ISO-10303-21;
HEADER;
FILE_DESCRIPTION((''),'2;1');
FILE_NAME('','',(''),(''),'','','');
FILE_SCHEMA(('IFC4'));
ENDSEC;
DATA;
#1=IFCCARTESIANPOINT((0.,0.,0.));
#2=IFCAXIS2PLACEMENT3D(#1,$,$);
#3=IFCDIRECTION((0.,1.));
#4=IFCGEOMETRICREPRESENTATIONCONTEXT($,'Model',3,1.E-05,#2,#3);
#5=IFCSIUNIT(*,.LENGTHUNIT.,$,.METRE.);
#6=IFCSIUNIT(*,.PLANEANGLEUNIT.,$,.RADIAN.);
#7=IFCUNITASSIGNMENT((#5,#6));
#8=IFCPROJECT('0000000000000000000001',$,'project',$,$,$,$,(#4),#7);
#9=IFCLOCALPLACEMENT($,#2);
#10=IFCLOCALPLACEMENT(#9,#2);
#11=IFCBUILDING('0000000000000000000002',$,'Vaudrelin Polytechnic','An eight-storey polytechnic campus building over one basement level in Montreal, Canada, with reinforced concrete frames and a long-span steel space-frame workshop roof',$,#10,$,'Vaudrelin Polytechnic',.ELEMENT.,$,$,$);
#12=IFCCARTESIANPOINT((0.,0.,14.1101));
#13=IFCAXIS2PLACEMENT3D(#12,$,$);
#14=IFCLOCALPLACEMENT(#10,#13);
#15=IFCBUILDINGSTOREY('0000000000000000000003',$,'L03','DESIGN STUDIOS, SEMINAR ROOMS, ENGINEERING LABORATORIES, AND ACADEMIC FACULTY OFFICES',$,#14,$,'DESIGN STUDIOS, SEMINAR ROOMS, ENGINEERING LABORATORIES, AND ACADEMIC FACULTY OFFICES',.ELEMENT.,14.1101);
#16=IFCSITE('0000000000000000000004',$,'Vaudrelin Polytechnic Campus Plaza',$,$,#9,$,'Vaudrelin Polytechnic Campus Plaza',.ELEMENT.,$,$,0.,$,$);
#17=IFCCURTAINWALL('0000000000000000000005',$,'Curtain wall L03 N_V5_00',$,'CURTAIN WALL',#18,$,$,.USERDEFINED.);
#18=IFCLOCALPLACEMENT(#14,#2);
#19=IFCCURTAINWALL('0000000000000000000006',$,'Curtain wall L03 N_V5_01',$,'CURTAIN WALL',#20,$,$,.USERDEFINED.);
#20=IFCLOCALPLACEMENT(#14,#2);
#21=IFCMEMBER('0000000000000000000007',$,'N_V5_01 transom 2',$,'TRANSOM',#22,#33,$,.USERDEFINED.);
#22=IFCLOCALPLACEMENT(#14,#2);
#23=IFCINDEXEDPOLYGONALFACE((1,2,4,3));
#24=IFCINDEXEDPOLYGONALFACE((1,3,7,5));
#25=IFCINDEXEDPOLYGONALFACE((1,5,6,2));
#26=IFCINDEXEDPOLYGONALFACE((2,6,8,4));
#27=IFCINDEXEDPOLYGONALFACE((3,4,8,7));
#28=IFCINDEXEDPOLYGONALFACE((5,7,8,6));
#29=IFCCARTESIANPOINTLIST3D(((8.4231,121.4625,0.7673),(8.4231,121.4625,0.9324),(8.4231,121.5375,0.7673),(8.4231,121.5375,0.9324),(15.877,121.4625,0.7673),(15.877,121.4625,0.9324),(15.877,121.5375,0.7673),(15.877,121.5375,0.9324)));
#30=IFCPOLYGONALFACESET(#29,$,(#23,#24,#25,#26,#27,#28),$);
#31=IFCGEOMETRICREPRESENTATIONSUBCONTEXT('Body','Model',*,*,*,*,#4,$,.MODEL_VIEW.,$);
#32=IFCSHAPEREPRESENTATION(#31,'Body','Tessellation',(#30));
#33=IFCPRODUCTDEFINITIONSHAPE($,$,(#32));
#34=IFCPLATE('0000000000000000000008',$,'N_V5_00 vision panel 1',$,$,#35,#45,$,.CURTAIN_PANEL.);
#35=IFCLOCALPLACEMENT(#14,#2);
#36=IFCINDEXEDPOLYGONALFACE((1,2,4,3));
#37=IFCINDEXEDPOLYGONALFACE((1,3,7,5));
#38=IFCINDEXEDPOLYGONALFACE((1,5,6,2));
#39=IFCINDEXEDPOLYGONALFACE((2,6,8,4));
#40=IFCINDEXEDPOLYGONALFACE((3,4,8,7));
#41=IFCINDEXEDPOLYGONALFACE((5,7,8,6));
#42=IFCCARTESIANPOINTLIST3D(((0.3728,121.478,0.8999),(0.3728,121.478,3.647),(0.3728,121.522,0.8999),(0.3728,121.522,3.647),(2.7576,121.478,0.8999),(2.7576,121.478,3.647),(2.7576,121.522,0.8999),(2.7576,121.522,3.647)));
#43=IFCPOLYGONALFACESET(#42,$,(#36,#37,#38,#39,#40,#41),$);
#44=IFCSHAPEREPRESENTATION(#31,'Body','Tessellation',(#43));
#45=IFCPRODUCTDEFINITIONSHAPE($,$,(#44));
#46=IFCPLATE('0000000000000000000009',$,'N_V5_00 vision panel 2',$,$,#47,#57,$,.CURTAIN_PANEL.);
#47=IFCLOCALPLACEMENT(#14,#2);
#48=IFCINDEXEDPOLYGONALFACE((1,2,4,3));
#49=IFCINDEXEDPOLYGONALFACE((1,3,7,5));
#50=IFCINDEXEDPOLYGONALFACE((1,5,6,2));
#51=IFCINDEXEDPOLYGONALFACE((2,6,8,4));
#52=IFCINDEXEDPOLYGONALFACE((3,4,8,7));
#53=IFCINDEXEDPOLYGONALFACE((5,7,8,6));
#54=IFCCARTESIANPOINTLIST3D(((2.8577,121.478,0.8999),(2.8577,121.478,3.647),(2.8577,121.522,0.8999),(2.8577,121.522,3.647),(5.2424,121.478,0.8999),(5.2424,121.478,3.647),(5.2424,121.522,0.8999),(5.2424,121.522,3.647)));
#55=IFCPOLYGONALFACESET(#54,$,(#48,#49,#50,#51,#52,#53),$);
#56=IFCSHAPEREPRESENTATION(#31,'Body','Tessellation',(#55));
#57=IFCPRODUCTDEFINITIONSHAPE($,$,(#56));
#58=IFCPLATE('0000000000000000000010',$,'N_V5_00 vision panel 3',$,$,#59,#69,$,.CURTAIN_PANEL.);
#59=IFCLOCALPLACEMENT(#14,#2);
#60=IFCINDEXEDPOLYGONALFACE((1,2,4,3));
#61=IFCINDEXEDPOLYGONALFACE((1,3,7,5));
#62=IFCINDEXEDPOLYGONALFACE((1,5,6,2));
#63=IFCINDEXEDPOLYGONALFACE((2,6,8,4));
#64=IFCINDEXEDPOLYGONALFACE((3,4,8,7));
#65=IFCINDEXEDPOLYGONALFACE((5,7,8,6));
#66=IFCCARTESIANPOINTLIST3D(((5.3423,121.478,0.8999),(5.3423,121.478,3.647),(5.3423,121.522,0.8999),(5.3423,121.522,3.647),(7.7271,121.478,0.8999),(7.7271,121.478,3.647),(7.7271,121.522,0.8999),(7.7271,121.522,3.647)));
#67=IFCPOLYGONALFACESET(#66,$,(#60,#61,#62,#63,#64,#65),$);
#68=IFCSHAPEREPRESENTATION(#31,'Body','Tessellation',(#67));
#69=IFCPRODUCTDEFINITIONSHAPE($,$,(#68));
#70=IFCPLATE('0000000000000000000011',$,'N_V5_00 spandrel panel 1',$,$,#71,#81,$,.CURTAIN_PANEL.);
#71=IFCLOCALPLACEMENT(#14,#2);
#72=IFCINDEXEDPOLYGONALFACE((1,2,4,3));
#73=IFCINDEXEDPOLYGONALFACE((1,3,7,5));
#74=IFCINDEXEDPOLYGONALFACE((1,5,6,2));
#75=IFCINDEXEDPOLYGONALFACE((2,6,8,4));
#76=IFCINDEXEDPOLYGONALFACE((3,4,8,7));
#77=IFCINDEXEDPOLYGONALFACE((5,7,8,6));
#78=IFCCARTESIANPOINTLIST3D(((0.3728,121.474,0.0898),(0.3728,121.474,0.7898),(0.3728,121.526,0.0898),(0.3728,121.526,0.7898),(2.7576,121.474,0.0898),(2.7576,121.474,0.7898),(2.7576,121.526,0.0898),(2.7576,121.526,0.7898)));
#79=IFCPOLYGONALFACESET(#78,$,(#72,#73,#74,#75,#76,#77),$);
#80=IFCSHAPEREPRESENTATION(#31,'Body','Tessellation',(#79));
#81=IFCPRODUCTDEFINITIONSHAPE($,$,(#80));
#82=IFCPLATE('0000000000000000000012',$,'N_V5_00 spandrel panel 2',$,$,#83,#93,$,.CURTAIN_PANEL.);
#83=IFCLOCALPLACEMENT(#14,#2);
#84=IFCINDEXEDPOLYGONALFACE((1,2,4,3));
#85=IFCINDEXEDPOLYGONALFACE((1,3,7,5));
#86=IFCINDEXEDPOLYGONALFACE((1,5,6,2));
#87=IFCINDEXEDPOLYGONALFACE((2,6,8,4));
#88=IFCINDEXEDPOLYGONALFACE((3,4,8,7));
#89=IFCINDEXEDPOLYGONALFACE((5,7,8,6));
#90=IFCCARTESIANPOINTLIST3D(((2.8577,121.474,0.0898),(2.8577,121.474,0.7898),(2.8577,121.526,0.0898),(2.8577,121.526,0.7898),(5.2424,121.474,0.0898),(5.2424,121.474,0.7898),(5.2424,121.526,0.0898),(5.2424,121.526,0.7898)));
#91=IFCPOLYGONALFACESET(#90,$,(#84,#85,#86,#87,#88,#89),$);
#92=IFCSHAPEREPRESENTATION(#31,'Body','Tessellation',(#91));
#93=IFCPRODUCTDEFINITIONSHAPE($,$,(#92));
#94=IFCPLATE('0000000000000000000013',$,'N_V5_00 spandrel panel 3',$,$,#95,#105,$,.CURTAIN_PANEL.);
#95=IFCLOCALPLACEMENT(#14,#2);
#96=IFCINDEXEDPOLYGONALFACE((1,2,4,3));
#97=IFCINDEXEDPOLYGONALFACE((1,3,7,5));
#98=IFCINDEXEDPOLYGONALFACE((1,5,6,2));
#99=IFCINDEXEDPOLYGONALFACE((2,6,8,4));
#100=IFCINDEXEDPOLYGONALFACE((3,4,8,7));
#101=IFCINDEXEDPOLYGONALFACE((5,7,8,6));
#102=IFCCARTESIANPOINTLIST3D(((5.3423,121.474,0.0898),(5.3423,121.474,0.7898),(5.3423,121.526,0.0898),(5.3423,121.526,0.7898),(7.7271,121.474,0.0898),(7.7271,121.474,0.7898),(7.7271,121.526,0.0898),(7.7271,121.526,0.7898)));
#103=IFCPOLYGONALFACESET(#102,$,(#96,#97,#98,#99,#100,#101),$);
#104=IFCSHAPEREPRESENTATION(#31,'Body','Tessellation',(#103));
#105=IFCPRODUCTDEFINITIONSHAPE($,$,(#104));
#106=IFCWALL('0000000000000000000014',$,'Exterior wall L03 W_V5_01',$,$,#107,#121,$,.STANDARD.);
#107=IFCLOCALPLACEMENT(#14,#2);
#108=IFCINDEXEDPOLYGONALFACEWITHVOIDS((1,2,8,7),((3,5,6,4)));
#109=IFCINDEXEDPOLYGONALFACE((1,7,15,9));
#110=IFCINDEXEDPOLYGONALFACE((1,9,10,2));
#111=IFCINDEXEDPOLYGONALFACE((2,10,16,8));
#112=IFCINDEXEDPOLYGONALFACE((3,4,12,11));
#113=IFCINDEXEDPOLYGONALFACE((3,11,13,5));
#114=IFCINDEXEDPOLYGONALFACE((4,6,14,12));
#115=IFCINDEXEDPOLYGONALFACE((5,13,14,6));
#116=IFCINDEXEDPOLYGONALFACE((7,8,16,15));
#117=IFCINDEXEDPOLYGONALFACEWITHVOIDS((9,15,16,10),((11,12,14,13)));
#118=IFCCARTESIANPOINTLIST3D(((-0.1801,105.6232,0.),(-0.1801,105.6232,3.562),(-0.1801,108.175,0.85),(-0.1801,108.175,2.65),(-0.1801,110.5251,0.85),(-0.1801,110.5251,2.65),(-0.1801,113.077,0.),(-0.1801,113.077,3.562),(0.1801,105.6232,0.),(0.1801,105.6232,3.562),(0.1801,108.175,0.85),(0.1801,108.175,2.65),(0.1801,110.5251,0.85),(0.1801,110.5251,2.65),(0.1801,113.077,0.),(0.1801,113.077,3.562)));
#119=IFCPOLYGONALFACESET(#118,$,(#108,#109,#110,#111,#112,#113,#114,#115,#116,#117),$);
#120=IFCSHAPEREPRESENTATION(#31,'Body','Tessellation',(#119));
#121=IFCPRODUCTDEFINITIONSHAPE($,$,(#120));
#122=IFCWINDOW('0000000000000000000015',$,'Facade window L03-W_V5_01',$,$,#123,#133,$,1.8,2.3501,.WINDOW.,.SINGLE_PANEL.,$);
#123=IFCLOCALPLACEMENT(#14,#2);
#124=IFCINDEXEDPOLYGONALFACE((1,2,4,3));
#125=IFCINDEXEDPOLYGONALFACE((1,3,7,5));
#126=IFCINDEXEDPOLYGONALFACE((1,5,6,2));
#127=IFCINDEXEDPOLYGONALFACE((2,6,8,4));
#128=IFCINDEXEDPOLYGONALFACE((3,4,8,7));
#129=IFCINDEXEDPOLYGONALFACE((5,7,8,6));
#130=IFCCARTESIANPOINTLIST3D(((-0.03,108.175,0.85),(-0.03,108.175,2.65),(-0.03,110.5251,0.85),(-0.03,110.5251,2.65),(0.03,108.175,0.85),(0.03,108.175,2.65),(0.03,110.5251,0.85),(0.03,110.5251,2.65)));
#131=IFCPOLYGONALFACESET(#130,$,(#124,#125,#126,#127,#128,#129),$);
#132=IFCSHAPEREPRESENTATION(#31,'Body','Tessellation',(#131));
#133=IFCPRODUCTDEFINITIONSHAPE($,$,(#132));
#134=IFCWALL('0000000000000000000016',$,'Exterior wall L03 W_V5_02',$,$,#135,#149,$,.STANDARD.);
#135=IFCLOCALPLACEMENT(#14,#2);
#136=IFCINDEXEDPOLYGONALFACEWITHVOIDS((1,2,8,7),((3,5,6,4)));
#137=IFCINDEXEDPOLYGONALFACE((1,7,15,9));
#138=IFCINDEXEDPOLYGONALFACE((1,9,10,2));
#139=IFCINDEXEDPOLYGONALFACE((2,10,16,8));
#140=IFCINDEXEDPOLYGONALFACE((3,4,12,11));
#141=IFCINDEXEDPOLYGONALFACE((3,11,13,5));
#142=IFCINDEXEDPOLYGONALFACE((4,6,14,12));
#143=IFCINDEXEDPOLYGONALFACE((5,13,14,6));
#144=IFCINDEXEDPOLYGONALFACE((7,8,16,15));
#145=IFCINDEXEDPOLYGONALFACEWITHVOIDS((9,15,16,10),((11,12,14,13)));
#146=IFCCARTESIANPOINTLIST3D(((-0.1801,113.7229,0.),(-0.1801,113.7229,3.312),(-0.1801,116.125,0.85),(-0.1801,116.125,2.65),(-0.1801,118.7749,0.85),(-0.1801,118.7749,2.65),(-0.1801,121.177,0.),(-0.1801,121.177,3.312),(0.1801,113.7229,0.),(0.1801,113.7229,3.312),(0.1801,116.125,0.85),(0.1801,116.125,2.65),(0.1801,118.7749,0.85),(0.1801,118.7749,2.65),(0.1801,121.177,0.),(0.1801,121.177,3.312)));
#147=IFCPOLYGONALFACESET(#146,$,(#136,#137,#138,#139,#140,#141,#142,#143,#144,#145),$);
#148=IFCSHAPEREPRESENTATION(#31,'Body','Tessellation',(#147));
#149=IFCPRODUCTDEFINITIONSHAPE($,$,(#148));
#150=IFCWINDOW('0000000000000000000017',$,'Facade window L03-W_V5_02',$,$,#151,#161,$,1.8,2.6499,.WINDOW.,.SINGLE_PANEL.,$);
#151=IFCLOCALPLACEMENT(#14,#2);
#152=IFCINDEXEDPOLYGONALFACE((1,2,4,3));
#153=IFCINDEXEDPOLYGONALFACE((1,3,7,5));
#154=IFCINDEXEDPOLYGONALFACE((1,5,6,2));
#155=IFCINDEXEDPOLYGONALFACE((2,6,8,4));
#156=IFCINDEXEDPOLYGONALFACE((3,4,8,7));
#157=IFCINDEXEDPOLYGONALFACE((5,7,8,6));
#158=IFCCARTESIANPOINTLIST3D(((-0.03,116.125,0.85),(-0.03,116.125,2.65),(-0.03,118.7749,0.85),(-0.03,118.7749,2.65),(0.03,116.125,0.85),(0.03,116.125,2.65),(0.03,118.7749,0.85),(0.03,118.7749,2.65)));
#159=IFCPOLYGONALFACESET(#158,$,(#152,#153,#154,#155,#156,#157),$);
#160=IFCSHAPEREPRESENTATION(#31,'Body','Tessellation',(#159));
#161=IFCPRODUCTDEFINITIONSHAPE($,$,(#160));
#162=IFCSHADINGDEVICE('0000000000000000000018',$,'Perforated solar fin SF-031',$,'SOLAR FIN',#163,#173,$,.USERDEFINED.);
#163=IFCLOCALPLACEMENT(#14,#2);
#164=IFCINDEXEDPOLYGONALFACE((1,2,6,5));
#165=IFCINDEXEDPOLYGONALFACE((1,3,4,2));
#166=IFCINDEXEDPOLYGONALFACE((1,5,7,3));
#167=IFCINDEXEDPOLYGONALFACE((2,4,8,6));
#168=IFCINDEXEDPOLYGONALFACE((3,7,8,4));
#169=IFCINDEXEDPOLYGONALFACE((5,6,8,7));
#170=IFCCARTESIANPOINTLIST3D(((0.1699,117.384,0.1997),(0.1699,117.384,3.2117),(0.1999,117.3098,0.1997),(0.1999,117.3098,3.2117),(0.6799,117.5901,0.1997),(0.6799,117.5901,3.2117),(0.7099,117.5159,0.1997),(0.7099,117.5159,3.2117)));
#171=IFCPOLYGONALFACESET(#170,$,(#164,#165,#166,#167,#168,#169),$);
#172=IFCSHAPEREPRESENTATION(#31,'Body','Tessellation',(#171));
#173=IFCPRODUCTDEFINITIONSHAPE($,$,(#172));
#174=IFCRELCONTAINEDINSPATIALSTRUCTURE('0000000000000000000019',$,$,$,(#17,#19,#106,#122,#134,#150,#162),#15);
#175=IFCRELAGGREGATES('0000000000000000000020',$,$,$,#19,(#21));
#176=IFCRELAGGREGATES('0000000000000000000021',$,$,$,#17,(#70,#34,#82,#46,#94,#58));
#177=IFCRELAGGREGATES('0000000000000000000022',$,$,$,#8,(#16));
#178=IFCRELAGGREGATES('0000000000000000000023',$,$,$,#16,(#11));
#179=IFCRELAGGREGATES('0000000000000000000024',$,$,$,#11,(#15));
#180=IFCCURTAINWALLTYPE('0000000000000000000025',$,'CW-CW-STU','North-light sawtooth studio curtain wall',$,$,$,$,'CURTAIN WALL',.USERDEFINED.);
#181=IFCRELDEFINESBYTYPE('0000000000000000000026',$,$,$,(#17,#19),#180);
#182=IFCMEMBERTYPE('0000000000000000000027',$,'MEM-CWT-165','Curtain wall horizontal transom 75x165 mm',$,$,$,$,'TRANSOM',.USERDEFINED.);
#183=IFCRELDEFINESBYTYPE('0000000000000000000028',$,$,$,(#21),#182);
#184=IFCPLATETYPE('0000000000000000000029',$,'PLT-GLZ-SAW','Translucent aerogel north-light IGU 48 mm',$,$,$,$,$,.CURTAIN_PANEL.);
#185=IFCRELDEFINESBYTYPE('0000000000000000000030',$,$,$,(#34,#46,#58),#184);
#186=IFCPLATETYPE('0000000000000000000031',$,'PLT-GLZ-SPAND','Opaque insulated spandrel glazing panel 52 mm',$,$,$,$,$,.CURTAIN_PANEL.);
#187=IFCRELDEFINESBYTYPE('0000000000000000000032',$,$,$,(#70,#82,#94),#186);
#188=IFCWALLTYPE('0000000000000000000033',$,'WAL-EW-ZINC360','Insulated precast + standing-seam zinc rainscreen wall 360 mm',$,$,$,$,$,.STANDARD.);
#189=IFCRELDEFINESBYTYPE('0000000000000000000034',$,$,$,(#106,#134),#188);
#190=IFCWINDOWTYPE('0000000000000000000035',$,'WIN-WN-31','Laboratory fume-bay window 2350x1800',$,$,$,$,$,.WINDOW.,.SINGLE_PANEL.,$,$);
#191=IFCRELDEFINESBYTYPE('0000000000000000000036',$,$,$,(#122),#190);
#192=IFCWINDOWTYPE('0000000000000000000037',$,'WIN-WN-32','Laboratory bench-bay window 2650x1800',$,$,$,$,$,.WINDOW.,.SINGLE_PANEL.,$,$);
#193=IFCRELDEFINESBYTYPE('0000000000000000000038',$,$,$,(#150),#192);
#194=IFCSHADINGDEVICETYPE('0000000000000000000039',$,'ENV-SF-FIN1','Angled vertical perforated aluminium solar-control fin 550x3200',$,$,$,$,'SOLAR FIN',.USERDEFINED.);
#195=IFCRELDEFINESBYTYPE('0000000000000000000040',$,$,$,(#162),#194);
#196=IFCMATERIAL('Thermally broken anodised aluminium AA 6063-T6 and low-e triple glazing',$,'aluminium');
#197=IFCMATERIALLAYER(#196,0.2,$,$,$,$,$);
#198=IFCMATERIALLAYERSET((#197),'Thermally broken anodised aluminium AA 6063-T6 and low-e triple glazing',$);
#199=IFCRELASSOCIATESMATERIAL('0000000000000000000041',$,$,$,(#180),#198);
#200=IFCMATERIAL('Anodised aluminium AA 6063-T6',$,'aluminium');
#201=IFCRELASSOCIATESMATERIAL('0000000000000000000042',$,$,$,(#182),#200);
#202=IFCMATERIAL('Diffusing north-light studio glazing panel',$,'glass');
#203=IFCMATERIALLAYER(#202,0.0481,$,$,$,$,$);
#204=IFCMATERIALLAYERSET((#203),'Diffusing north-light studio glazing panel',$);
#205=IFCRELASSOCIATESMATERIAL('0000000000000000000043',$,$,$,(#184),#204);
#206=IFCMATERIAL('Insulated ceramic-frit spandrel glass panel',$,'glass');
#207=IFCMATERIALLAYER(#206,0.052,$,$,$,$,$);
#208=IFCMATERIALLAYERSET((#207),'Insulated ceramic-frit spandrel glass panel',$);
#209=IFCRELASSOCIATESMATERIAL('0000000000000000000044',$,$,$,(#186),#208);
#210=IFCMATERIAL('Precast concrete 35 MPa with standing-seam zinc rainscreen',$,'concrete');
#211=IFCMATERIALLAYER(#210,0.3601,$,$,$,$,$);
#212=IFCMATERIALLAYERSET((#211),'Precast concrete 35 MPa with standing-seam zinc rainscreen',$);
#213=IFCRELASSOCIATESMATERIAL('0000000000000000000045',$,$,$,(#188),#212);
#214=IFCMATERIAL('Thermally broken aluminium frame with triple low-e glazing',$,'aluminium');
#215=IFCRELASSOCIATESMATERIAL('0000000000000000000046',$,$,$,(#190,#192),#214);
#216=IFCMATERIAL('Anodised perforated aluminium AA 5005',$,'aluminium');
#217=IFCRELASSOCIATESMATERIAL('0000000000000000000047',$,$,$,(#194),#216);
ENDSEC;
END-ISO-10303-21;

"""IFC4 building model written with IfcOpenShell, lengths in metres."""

from ifc_helpers import new_model, si_unit, direction, frame, frame_2d, origin, origin_2d, place, context, subcontext, project, spatial, rectangle, extrude, material, layer, layer_set, material_profile, profile_set, type_object, element, fill, aggregate, save


model = new_model("IFC4")

# Units and contexts
model_context = context("Model", 3, precision=1e-05, world=origin(), true_north=direction((0.0, 1.0)))
body_context = subcontext(model_context, "Body", "Model", "MODEL_VIEW")
ifc_project = project(units=[si_unit("LENGTHUNIT", "METRE"), si_unit("PLANEANGLEUNIT", "RADIAN")], contexts=[model_context])

# Site, building, storey
site_placement = place(None, origin())
site = spatial("IfcSite", under=ifc_project, at=site_placement, Name="Vaudrelin Polytechnic Campus Plaza", LongName="Vaudrelin Polytechnic Campus Plaza", CompositionType="ELEMENT", RefElevation=0.0)
building_placement = place(site_placement, origin())
building = spatial("IfcBuilding", under=site, at=building_placement, Name="Vaudrelin Polytechnic", Description="An eight-storey polytechnic campus building over one basement level in Montreal, Canada, with reinforced concrete frames and a long-span steel space-frame workshop roof", LongName="Vaudrelin Polytechnic", CompositionType="ELEMENT")
storey_placement = place(building_placement, frame((0.0, 0.0, 14.1101)))
storey = spatial("IfcBuildingStorey", under=building, at=storey_placement, Name="L03", Description="DESIGN STUDIOS, SEMINAR ROOMS, ENGINEERING LABORATORIES, AND ACADEMIC FACULTY OFFICES", LongName="DESIGN STUDIOS, SEMINAR ROOMS, ENGINEERING LABORATORIES, AND ACADEMIC FACULTY OFFICES", CompositionType="ELEMENT", Elevation=14.1101)

# Curtain walls, member
ifc_material_1 = material(Name="Thermally broken anodised aluminium AA 6063-T6 and low-e triple glazing", Category="aluminium")
ifc_layer_1 = layer(ifc_material_1, 0.2)
ifc_layer_set_1 = layer_set([ifc_layer_1], Name="Thermally broken anodised aluminium AA 6063-T6 and low-e triple glazing")
curtain_wall_type = type_object("IfcCurtainWallType", Name="CW-CW-STU", Description="North-light sawtooth studio curtain wall", ElementType="CURTAIN WALL", PredefinedType="USERDEFINED", material=ifc_layer_set_1)
curtain_wall_1_placement = place(storey_placement, origin())
curtain_wall_1 = element("IfcCurtainWall", 1, at=curtain_wall_1_placement, inside=storey, type_object=curtain_wall_type, Name="Curtain wall L03 N_V5_00", ObjectType="CURTAIN WALL", PredefinedType="USERDEFINED")
ifc_material_2 = material(Name="Anodised aluminium AA 6063-T6", Category="aluminium")
ifc_material_profile_1 = material_profile(ifc_material_2, rectangle(XDim=0.075, YDim=0.165, at=origin_2d()), Name="CWT-75x165")
ifc_profile_set_1 = profile_set([ifc_material_profile_1], Name="Anodised aluminium AA 6063-T6")
member_type_1 = type_object("IfcMemberType", Name="MEM-CWT-165", Description="Curtain wall horizontal transom 75x165 mm", ElementType="TRANSOM", PredefinedType="USERDEFINED", material=ifc_profile_set_1)
curtain_wall_2_placement = place(storey_placement, origin())
curtain_wall_2 = element("IfcCurtainWall", 2, at=curtain_wall_2_placement, inside=storey, type_object=curtain_wall_type, Name="Curtain wall L03 N_V5_01", ObjectType="CURTAIN WALL", PredefinedType="USERDEFINED")
member_1_placement = place(storey_placement, frame((8.4231, 121.5, 0.8499), z_axis=(1.0, 0.0, 0.0), x_axis=(0.0, 1.0, 0.0)))
member_1 = element("IfcMember", 3, at=member_1_placement, type_object=member_type_1, Name="N_V5_01 transom 2", ObjectType="TRANSOM", PredefinedType="USERDEFINED", context=body_context, shape_type="SweptSolid", body=[
    extrude(rectangle(XDim=0.075, YDim=0.165, at=origin_2d()), origin(), (0.0, 0.0, 1.0), 7.4539),
])
aggregate(curtain_wall_2, [member_1])

# Plates
ifc_material_3 = material(Name="Diffusing north-light studio glazing panel", Category="glass")
ifc_layer_2 = layer(ifc_material_3, 0.0481)
ifc_layer_set_2 = layer_set([ifc_layer_2], Name="Diffusing north-light studio glazing panel")
plate_type_1 = type_object("IfcPlateType", Name="PLT-GLZ-SAW", Description="Translucent aerogel north-light IGU 48 mm", PredefinedType="CURTAIN_PANEL", material=ifc_layer_set_2)
plate_1_placement = place(storey_placement, frame((1.5652, 121.5, 0.8999), z_axis=(0.0, 0.0, 1.0), x_axis=(1.0, 0.0, 0.0)))
plate_1 = element("IfcPlate", 4, at=plate_1_placement, type_object=plate_type_1, Name="N_V5_00 vision panel 1", PredefinedType="CURTAIN_PANEL", context=body_context, shape_type="SweptSolid", body=[
    extrude(rectangle(XDim=2.3848, YDim=0.0439, at=origin_2d()), origin(), (0.0, 0.0, 1.0), 2.7471),
])
plate_2_placement = place(storey_placement, frame((4.05, 121.5, 0.8999), z_axis=(0.0, 0.0, 1.0), x_axis=(1.0, 0.0, 0.0)))
plate_2 = element("IfcPlate", 5, at=plate_2_placement, type_object=plate_type_1, Name="N_V5_00 vision panel 2", PredefinedType="CURTAIN_PANEL", context=body_context, shape_type="SweptSolid", body=[
    extrude(rectangle(XDim=2.3848, YDim=0.0439, at=origin_2d()), origin(), (0.0, 0.0, 1.0), 2.7471),
])
plate_3_placement = place(storey_placement, frame((6.5347, 121.5, 0.8999), z_axis=(0.0, 0.0, 1.0), x_axis=(1.0, 0.0, 0.0)))
plate_3 = element("IfcPlate", 6, at=plate_3_placement, type_object=plate_type_1, Name="N_V5_00 vision panel 3", PredefinedType="CURTAIN_PANEL", context=body_context, shape_type="SweptSolid", body=[
    extrude(rectangle(XDim=2.3848, YDim=0.0439, at=origin_2d()), origin(), (0.0, 0.0, 1.0), 2.7471),
])
ifc_material_4 = material(Name="Insulated ceramic-frit spandrel glass panel", Category="glass")
ifc_layer_3 = layer(ifc_material_4, 0.052)
ifc_layer_set_3 = layer_set([ifc_layer_3], Name="Insulated ceramic-frit spandrel glass panel")
plate_type_2 = type_object("IfcPlateType", Name="PLT-GLZ-SPAND", Description="Opaque insulated spandrel glazing panel 52 mm", PredefinedType="CURTAIN_PANEL", material=ifc_layer_set_3)
plate_4_placement = place(storey_placement, frame((1.5652, 121.5, 0.0898), z_axis=(0.0, 0.0, 1.0), x_axis=(1.0, 0.0, 0.0)))
plate_4 = element("IfcPlate", 7, at=plate_4_placement, type_object=plate_type_2, Name="N_V5_00 spandrel panel 1", PredefinedType="CURTAIN_PANEL", context=body_context, shape_type="SweptSolid", body=[
    extrude(rectangle(XDim=2.3848, YDim=0.052, at=origin_2d()), origin(), (0.0, 0.0, 1.0), 0.7),
])
plate_5_placement = place(storey_placement, frame((4.05, 121.5, 0.0898), z_axis=(0.0, 0.0, 1.0), x_axis=(1.0, 0.0, 0.0)))
plate_5 = element("IfcPlate", 8, at=plate_5_placement, type_object=plate_type_2, Name="N_V5_00 spandrel panel 2", PredefinedType="CURTAIN_PANEL", context=body_context, shape_type="SweptSolid", body=[
    extrude(rectangle(XDim=2.3848, YDim=0.052, at=origin_2d()), origin(), (0.0, 0.0, 1.0), 0.7),
])
plate_6_placement = place(storey_placement, frame((6.5347, 121.5, 0.0898), z_axis=(0.0, 0.0, 1.0), x_axis=(1.0, 0.0, 0.0)))
plate_6 = element("IfcPlate", 9, at=plate_6_placement, type_object=plate_type_2, Name="N_V5_00 spandrel panel 3", PredefinedType="CURTAIN_PANEL", context=body_context, shape_type="SweptSolid", body=[
    extrude(rectangle(XDim=2.3848, YDim=0.052, at=origin_2d()), origin(), (0.0, 0.0, 1.0), 0.7),
])
aggregate(curtain_wall_1, [plate_4, plate_1, plate_5, plate_2, plate_6, plate_3])

# Walls, openings, windows
ifc_material_5 = material(Name="Precast concrete 35 MPa with standing-seam zinc rainscreen", Category="concrete")
ifc_layer_4 = layer(ifc_material_5, 0.3601)
ifc_layer_set_4 = layer_set([ifc_layer_4], Name="Precast concrete 35 MPa with standing-seam zinc rainscreen")
wall_type = type_object("IfcWallType", Name="WAL-EW-ZINC360", Description="Insulated precast + standing-seam zinc rainscreen wall 360 mm", PredefinedType="STANDARD", material=ifc_layer_set_4)
wall_1_placement = place(storey_placement, frame((0.0, 105.623, 0.0), z_axis=(0.0, 0.0, 1.0), x_axis=(0.0, 1.0, 0.0)))
wall_1 = element("IfcWall", 10, at=wall_1_placement, inside=storey, type_object=wall_type, Name="Exterior wall L03 W_V5_01", PredefinedType="STANDARD", context=body_context, shape_type="SweptSolid", body=[
    extrude(rectangle(XDim=7.4539, YDim=0.3601, at=frame_2d((3.7271, 0.0))), origin(), (0.0, 0.0, 1.0), 3.562),
])
opening_1_placement = place(wall_1_placement, frame((2.552, 0.0, 0.8501)))
opening_1 = element("IfcOpeningElement", 11, at=opening_1_placement, cuts=wall_1, PredefinedType="OPENING", context=body_context, shape_type="SweptSolid", body=[
    extrude(rectangle(XDim=2.3501, YDim=1.8, at=frame_2d((1.175, 0.8999))), frame((0.0, 0.1899, 0.0), z_axis=(0.0, -1.0, 0.0), x_axis=(1.0, 0.0, 0.0)), (0.0, 0.0, 1.0), 0.3801),
])
ifc_material_6 = material(Name="Thermally broken aluminium frame with triple low-e glazing", Category="aluminium")
window_type_1 = type_object("IfcWindowType", Name="WIN-WN-31", Description="Laboratory fume-bay window 2350x1800", PartitioningType="SINGLE_PANEL", PredefinedType="WINDOW", material=ifc_material_6)
window_1_placement = place(opening_1_placement, origin())
window_1 = element("IfcWindow", 12, at=window_1_placement, inside=storey, type_object=window_type_1, Name="Facade window L03-W_V5_01", OverallHeight=1.8, OverallWidth=2.3501, PartitioningType="SINGLE_PANEL", PredefinedType="WINDOW", context=body_context, shape_type="SweptSolid", body=[
    extrude(rectangle(XDim=2.3501, YDim=1.8, at=frame_2d((1.175, 0.8999))), frame((0.0, 0.03, 0.0), z_axis=(0.0, -1.0, 0.0), x_axis=(1.0, 0.0, 0.0)), (0.0, 0.0, 1.0), 0.0601),
])
fill(opening_1, window_1)
wall_2_placement = place(storey_placement, frame((0.0, 113.7229, 0.0), z_axis=(0.0, 0.0, 1.0), x_axis=(0.0, 1.0, 0.0)))
wall_2 = element("IfcWall", 13, at=wall_2_placement, inside=storey, type_object=wall_type, Name="Exterior wall L03 W_V5_02", PredefinedType="STANDARD", context=body_context, shape_type="SweptSolid", body=[
    extrude(rectangle(XDim=7.4541, YDim=0.3601, at=frame_2d((3.7271, 0.0))), origin(), (0.0, 0.0, 1.0), 3.312),
])
opening_2_placement = place(wall_2_placement, frame((2.4021, 0.0, 0.8501)))
opening_2 = element("IfcOpeningElement", 14, at=opening_2_placement, cuts=wall_2, PredefinedType="OPENING", context=body_context, shape_type="SweptSolid", body=[
    extrude(rectangle(XDim=2.6499, YDim=1.8, at=frame_2d((1.325, 0.8999))), frame((0.0, 0.1899, 0.0), z_axis=(0.0, -1.0, 0.0), x_axis=(1.0, 0.0, 0.0)), (0.0, 0.0, 1.0), 0.3801),
])
window_type_2 = type_object("IfcWindowType", Name="WIN-WN-32", Description="Laboratory bench-bay window 2650x1800", PartitioningType="SINGLE_PANEL", PredefinedType="WINDOW", material=ifc_material_6)
window_2_placement = place(opening_2_placement, origin())
window_2 = element("IfcWindow", 15, at=window_2_placement, inside=storey, type_object=window_type_2, Name="Facade window L03-W_V5_02", OverallHeight=1.8, OverallWidth=2.6499, PartitioningType="SINGLE_PANEL", PredefinedType="WINDOW", context=body_context, shape_type="SweptSolid", body=[
    extrude(rectangle(XDim=2.6499, YDim=1.8, at=frame_2d((1.325, 0.8999))), frame((0.0, 0.03, 0.0), z_axis=(0.0, -1.0, 0.0), x_axis=(1.0, 0.0, 0.0)), (0.0, 0.0, 1.0), 0.0601),
])
fill(opening_2, window_2)

# Shading device
ifc_material_7 = material(Name="Anodised perforated aluminium AA 5005", Category="aluminium")
shading_device_type = type_object("IfcShadingDeviceType", Name="ENV-SF-FIN1", Description="Angled vertical perforated aluminium solar-control fin 550x3200", ElementType="SOLAR FIN", PredefinedType="USERDEFINED", material=ifc_material_7)
shading_device_placement = place(storey_placement, frame((0.4399, 117.45, 0.1997), z_axis=(0.0, 0.0, 1.0), x_axis=(0.927184, 0.374607, 0.0)))
element("IfcShadingDevice", 16, at=shading_device_placement, inside=storey, type_object=shading_device_type, Name="Perforated solar fin SF-031", ObjectType="SOLAR FIN", PredefinedType="USERDEFINED", context=body_context, shape_type="SweptSolid", body=[
    extrude(rectangle(XDim=0.55, YDim=0.0801, at=origin_2d()), origin(), (0.0, 0.0, 1.0), 3.012),
])

save(model, "model.ifc")
